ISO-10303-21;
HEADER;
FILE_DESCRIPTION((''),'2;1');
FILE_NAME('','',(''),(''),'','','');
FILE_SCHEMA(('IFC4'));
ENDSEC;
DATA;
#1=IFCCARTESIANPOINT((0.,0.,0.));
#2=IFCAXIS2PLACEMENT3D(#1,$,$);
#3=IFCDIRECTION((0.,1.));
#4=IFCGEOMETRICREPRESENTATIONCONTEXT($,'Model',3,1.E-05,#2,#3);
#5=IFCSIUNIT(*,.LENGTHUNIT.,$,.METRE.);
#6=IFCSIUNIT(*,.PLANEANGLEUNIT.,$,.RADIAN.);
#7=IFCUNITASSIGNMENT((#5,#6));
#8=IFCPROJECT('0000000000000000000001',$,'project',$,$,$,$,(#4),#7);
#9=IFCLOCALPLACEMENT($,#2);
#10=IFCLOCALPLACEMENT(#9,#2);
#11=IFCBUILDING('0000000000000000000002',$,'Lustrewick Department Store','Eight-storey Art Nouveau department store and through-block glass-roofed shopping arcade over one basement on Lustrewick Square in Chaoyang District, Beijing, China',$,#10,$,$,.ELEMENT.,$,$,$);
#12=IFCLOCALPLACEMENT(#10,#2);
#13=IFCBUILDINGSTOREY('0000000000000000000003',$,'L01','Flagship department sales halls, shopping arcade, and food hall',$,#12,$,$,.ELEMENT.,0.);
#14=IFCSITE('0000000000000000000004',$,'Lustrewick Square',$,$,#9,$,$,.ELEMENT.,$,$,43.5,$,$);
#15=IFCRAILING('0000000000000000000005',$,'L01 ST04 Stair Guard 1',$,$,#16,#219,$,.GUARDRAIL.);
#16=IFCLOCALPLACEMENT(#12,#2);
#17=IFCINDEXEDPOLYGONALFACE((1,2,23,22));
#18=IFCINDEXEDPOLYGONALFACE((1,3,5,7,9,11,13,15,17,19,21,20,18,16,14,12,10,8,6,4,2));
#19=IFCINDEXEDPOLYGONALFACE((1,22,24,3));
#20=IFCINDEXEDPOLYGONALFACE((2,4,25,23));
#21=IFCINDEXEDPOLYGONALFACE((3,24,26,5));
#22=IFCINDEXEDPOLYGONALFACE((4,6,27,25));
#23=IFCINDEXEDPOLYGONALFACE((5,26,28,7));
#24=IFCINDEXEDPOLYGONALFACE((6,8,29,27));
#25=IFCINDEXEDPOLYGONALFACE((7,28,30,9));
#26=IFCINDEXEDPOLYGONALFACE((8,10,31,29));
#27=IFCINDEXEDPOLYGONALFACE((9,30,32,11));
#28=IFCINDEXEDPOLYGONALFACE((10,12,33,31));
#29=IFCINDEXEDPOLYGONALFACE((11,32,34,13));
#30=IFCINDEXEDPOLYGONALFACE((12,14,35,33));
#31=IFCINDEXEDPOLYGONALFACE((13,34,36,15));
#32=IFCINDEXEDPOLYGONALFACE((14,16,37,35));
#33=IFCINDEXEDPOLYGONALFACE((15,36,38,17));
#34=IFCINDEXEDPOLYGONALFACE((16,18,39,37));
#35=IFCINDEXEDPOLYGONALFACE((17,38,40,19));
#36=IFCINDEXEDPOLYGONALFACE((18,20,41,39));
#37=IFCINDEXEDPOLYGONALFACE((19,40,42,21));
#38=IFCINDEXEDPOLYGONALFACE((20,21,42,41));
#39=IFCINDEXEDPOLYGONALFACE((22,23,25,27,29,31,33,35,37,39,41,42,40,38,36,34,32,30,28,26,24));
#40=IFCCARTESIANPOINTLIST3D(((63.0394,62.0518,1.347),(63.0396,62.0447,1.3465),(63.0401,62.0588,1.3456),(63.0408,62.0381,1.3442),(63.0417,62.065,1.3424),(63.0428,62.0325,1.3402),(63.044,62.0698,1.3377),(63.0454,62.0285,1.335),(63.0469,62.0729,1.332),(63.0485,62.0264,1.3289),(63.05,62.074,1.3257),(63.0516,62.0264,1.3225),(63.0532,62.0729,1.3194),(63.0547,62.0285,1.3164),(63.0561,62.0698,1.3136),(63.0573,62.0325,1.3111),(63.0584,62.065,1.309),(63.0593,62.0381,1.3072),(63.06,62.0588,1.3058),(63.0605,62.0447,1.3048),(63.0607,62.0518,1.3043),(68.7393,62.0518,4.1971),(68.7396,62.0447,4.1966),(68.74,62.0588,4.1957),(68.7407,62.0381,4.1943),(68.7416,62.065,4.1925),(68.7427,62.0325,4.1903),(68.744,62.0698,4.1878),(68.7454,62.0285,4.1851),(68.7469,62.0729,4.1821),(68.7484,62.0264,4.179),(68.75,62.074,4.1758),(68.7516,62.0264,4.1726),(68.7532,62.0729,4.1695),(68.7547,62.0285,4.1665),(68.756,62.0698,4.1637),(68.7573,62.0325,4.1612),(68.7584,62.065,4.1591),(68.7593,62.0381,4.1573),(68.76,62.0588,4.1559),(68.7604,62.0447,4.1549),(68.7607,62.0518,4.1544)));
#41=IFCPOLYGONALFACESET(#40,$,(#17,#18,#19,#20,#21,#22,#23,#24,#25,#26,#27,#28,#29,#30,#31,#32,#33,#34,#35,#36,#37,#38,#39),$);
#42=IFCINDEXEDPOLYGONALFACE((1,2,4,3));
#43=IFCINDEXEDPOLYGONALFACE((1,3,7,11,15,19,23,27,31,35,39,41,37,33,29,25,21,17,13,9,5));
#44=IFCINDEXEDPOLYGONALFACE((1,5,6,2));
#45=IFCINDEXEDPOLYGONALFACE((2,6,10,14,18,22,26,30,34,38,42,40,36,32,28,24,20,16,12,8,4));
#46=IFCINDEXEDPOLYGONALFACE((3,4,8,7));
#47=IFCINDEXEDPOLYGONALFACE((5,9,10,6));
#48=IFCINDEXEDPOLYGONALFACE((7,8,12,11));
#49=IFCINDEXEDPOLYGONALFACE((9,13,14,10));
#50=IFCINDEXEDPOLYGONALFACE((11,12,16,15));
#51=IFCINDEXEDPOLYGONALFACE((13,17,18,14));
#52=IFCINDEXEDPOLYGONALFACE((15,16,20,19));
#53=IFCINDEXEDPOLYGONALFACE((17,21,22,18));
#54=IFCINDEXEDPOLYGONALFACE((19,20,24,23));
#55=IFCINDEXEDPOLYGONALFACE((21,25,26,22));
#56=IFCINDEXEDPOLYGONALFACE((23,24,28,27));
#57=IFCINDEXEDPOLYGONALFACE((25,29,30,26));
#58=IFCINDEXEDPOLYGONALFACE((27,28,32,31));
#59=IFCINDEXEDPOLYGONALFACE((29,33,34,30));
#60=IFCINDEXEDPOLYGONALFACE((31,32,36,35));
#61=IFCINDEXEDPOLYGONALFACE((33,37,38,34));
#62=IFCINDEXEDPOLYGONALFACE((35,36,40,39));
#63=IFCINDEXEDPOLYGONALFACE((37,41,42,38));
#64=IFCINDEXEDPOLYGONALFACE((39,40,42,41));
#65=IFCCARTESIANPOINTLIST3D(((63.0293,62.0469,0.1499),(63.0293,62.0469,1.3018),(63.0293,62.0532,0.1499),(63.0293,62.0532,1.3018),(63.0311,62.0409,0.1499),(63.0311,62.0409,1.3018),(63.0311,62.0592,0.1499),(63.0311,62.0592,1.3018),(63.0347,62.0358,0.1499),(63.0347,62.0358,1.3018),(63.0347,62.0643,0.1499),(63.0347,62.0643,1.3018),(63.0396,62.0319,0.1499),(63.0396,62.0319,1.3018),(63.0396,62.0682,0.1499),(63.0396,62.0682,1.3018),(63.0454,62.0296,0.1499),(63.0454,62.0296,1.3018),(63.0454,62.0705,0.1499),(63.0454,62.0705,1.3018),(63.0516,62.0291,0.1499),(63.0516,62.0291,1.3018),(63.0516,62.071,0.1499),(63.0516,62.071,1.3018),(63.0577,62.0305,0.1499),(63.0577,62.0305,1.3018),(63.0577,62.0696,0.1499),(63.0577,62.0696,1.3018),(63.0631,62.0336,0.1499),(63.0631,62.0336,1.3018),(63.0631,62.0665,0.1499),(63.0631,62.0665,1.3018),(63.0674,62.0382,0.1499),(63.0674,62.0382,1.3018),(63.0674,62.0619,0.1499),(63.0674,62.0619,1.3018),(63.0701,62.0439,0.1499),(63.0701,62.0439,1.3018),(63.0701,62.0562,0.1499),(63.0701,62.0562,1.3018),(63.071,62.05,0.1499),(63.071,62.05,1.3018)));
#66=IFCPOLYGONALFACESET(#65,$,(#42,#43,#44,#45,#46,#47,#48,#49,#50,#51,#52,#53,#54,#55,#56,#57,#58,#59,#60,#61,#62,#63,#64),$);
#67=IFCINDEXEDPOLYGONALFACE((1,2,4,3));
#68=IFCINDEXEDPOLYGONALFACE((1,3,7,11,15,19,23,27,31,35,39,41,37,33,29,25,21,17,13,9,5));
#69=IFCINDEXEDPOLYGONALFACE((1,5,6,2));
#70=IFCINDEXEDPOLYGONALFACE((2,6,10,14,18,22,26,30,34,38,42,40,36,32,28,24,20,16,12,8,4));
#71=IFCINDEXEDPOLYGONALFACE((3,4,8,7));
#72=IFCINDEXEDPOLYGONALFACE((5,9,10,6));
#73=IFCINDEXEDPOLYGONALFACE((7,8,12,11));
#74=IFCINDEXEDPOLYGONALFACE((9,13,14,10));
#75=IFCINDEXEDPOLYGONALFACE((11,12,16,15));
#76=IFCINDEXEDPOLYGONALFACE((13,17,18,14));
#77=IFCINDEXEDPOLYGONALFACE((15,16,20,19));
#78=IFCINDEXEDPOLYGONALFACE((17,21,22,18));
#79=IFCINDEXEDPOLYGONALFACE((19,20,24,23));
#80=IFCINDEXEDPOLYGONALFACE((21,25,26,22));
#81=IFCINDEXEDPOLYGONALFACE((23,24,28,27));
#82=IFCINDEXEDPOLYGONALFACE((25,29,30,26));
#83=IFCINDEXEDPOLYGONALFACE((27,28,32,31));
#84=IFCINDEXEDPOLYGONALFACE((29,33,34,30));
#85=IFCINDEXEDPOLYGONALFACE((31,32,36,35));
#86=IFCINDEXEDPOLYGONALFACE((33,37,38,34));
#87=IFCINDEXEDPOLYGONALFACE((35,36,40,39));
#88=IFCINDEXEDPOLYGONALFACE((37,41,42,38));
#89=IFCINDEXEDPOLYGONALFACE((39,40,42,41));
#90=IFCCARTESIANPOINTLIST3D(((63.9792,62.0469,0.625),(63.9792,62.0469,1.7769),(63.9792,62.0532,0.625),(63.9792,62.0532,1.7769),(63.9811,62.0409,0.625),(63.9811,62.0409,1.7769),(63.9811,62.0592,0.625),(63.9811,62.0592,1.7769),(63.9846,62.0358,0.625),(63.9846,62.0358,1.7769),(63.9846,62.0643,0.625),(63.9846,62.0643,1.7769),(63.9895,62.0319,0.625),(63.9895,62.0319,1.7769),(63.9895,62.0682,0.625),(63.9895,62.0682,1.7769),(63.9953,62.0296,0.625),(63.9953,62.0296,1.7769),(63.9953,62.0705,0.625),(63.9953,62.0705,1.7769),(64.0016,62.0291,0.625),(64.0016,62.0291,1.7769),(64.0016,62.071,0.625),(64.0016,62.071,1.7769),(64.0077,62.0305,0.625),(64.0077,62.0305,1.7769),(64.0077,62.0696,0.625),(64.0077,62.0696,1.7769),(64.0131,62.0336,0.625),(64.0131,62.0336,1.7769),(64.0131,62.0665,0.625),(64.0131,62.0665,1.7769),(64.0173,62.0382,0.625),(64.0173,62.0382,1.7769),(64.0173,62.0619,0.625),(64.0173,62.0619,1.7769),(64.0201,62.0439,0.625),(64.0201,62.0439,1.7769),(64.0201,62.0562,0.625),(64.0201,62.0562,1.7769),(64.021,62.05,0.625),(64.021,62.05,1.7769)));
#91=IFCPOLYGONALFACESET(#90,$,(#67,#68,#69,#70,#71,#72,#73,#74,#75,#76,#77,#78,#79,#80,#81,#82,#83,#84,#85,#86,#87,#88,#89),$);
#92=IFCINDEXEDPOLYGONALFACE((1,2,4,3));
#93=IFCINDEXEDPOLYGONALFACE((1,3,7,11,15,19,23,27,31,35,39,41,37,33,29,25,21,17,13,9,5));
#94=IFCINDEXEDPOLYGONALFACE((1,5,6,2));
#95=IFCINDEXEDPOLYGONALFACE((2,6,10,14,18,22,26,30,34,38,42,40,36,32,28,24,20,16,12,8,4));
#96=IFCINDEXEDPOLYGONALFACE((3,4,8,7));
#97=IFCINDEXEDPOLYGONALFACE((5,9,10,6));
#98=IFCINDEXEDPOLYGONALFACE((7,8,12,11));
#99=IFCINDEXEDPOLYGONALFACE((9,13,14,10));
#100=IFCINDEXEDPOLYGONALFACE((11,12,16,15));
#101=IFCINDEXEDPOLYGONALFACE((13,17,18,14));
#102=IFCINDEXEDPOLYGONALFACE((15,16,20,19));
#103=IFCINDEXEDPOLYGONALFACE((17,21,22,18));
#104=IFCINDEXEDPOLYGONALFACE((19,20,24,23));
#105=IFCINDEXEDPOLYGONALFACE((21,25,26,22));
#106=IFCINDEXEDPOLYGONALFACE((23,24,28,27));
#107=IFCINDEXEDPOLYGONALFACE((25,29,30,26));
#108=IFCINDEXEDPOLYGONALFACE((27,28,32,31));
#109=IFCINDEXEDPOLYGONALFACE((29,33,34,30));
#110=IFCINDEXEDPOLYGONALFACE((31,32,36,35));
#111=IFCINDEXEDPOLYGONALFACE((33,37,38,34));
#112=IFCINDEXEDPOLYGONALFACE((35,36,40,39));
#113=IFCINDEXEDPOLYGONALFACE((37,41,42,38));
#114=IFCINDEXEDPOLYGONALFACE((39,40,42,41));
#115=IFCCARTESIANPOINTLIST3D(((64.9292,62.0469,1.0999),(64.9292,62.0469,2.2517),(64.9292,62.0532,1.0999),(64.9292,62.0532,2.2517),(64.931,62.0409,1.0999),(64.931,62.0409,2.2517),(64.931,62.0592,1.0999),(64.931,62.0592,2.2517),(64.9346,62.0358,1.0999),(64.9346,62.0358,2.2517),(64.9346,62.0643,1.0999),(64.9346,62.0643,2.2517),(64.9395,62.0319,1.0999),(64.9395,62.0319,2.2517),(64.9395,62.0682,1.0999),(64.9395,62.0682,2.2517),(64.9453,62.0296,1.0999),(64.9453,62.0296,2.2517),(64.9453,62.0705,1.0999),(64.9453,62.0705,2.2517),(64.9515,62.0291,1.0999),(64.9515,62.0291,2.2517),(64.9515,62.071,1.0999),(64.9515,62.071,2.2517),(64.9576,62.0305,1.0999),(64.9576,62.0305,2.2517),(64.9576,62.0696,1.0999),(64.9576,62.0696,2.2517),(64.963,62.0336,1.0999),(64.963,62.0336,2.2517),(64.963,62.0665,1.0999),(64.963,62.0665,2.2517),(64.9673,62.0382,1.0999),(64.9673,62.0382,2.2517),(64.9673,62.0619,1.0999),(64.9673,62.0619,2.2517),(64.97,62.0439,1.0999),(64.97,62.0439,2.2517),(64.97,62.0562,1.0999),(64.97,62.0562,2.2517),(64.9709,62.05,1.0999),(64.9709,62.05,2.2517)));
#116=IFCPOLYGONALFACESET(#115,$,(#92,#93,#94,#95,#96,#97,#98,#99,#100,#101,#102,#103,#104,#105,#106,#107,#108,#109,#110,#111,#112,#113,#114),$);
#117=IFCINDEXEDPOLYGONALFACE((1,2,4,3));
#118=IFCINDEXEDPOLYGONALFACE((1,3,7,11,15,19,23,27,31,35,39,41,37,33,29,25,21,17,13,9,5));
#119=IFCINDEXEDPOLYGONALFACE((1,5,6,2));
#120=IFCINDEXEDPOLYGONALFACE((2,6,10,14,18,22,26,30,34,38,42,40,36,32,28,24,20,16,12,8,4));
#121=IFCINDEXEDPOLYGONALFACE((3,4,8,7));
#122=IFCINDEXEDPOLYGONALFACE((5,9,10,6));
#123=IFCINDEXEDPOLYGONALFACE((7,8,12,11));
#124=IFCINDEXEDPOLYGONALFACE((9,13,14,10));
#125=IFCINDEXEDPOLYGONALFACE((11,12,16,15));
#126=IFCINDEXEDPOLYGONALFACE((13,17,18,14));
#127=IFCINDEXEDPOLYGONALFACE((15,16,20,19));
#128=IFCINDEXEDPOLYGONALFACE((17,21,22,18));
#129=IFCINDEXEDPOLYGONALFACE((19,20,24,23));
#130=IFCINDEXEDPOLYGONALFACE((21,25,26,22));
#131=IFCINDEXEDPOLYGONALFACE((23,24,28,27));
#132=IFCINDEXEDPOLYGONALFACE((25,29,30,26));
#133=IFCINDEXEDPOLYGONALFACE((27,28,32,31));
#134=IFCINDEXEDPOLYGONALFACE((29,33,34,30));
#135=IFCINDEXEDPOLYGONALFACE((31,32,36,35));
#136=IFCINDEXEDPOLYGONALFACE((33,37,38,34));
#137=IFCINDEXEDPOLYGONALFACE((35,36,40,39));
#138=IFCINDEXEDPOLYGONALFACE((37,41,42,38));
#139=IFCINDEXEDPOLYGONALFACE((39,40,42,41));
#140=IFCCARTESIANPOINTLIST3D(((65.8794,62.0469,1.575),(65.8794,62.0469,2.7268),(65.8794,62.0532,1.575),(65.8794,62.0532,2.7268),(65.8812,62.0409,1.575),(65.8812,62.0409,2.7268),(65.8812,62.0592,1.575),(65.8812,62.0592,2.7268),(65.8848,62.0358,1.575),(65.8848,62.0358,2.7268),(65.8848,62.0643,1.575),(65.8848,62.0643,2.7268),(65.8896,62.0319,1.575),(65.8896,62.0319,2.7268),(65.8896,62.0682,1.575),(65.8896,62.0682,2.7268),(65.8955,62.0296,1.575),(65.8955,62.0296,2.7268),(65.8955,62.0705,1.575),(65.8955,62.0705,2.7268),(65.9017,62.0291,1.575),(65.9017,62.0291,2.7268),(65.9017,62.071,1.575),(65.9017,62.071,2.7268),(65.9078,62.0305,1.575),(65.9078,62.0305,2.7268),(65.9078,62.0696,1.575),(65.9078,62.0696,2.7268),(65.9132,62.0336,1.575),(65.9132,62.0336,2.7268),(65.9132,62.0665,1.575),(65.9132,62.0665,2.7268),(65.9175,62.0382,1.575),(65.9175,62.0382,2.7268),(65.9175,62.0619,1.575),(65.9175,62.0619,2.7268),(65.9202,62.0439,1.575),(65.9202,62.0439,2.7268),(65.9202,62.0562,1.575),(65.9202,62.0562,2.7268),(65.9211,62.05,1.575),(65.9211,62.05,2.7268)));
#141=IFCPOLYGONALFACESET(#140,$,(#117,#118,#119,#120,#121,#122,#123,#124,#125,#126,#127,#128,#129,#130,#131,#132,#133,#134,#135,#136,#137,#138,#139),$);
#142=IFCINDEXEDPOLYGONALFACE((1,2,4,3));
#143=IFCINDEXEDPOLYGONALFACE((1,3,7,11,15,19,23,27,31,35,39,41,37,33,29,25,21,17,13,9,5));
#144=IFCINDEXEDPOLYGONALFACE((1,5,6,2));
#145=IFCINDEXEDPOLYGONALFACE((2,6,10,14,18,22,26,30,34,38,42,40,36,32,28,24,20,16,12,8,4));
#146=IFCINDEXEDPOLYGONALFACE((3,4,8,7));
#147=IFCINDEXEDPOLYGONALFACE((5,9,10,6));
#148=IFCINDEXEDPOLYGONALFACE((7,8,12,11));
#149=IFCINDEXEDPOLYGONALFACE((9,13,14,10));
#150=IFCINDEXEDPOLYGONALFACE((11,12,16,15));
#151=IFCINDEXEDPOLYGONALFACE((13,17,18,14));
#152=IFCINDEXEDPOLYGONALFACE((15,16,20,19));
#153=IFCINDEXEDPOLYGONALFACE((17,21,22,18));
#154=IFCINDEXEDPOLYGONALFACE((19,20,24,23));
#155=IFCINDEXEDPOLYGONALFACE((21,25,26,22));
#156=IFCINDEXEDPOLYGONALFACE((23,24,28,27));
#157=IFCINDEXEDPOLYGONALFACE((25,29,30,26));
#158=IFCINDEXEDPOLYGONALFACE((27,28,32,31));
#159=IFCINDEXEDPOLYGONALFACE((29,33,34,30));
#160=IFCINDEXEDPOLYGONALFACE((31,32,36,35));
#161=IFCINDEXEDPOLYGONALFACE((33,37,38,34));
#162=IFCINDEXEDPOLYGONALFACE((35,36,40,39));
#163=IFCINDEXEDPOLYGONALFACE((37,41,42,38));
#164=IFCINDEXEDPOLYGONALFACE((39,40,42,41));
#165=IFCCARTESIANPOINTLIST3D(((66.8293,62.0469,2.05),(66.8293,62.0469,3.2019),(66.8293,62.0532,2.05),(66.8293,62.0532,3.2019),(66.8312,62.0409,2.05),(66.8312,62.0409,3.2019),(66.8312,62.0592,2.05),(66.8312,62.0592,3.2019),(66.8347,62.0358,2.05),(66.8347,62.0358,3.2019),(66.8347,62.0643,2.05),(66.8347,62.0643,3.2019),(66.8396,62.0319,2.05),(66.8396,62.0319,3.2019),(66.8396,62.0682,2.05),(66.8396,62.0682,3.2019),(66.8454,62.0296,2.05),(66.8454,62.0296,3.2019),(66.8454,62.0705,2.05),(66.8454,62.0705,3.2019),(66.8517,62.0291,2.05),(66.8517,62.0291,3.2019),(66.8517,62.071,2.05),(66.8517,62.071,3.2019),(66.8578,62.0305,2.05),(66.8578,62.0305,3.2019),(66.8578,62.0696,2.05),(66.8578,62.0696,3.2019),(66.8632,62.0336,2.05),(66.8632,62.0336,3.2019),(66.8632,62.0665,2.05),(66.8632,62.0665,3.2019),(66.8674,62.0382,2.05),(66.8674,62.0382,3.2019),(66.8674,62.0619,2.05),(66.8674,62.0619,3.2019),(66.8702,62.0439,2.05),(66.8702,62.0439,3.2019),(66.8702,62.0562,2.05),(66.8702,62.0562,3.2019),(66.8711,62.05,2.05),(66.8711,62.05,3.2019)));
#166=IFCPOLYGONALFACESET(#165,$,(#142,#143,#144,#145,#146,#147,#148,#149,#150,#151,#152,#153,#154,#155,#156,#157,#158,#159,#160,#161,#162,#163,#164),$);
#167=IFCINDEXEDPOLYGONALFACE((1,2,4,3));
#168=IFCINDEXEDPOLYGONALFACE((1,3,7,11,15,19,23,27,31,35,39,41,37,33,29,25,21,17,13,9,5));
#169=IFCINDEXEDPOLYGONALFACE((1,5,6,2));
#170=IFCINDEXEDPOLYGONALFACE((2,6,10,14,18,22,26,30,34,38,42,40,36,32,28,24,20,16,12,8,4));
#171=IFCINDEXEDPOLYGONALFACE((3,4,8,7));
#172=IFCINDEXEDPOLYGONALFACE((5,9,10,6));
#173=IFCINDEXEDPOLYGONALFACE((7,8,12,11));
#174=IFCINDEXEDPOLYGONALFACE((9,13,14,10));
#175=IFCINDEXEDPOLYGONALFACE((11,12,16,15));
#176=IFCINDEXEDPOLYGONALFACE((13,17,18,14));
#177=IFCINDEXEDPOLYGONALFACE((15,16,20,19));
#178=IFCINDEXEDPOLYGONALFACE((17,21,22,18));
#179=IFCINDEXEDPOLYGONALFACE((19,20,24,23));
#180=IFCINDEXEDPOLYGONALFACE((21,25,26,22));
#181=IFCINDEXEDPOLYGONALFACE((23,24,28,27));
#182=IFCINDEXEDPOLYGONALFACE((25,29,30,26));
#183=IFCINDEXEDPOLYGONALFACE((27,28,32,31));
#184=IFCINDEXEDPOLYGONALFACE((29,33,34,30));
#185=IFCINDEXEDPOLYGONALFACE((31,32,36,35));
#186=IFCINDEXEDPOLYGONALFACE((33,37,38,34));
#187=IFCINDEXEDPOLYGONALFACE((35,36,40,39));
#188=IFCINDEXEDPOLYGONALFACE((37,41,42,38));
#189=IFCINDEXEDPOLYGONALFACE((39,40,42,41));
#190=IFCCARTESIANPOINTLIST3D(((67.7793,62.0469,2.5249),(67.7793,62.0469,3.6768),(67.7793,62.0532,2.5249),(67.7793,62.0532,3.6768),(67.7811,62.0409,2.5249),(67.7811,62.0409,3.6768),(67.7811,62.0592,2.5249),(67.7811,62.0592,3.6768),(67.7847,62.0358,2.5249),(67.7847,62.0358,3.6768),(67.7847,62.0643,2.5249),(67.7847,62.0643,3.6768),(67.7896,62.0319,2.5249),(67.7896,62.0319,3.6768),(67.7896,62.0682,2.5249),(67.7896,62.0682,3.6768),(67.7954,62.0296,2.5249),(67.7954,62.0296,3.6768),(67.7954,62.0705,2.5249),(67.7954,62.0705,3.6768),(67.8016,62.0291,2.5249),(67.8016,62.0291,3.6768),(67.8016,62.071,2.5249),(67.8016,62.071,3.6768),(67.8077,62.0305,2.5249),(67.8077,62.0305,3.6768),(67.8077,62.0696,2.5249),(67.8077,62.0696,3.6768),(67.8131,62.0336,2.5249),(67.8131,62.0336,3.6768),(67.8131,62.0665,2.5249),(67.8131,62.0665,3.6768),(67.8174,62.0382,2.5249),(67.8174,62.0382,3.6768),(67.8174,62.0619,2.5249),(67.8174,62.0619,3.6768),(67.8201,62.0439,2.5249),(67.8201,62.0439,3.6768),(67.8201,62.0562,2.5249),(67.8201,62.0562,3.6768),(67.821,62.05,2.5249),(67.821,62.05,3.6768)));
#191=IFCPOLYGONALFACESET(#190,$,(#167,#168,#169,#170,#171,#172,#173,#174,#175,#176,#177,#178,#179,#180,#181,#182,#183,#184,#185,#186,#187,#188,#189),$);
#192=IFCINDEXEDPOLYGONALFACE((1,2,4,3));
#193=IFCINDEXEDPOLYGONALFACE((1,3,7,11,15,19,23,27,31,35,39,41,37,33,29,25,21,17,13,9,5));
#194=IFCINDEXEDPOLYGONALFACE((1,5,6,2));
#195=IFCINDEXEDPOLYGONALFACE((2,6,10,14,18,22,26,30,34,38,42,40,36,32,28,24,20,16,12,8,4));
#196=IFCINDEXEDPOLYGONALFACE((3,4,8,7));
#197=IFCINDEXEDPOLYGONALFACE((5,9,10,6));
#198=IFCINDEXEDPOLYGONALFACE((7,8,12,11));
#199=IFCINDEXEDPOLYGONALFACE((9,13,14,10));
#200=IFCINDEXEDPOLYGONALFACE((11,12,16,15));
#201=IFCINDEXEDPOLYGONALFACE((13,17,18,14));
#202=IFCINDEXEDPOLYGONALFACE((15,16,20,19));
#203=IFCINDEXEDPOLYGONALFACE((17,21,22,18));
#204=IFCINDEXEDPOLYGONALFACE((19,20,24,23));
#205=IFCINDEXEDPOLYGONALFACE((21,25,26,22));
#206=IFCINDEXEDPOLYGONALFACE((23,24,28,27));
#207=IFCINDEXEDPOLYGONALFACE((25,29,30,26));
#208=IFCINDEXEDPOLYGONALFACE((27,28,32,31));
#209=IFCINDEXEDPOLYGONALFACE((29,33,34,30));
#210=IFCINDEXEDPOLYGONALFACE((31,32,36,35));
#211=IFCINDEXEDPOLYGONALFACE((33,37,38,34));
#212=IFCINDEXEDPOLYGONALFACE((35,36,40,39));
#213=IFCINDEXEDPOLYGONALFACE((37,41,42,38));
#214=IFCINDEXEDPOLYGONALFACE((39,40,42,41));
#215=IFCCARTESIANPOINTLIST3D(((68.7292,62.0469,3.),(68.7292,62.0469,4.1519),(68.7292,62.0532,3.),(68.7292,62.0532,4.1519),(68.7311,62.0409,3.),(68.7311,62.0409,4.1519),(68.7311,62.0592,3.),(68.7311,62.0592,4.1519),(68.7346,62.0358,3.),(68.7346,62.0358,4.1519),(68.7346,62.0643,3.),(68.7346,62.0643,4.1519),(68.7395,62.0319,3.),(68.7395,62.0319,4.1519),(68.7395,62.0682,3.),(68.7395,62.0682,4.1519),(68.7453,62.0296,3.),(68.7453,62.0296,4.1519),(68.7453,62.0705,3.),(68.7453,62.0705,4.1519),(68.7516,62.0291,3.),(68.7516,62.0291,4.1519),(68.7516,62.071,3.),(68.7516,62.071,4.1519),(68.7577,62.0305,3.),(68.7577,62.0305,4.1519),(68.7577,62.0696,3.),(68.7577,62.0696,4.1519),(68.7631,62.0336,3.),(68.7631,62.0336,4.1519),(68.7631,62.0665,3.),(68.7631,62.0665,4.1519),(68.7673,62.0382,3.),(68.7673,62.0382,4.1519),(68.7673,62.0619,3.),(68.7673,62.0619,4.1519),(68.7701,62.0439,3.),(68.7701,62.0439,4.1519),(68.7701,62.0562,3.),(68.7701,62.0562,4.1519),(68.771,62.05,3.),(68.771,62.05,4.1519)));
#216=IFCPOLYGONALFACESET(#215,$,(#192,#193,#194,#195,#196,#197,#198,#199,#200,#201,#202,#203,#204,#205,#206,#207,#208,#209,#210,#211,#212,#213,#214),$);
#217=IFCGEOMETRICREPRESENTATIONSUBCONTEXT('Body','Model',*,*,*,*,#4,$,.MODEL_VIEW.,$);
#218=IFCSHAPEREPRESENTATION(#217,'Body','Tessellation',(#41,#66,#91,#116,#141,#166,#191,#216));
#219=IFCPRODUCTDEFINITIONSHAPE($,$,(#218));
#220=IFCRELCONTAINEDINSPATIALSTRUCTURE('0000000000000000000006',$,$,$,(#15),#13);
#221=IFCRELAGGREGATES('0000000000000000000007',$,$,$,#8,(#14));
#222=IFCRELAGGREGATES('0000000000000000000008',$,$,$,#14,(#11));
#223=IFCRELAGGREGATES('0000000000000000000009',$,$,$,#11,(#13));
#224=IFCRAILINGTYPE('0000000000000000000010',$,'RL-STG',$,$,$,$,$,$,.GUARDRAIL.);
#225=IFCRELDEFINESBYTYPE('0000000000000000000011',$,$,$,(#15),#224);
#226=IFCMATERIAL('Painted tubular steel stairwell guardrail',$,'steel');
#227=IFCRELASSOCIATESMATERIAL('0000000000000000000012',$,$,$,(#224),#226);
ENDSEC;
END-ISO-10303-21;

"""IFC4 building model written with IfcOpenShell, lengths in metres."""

from ifc_helpers import new_model, si_unit, direction, frame, origin, origin_2d, place, context, subcontext, project, spatial, circle, extrude, material, type_object, element, save


model = new_model("IFC4")

# Units and contexts
model_context = context("Model", 3, precision=1e-05, world=origin(), true_north=direction((0.0, 1.0)))
body_context = subcontext(model_context, "Body", "Model", "MODEL_VIEW")
ifc_project = project(units=[si_unit("LENGTHUNIT", "METRE"), si_unit("PLANEANGLEUNIT", "RADIAN")], contexts=[model_context])

# Site, building, storey
site_placement = place(None, origin())
site = spatial("IfcSite", under=ifc_project, at=site_placement, Name="Lustrewick Square", CompositionType="ELEMENT", RefElevation=43.5)
building_placement = place(site_placement, origin())
building = spatial("IfcBuilding", under=site, at=building_placement, Name="Lustrewick Department Store", Description="Eight-storey Art Nouveau department store and through-block glass-roofed shopping arcade over one basement on Lustrewick Square in Chaoyang District, Beijing, China", CompositionType="ELEMENT")
storey_placement = place(building_placement, origin())
storey = spatial("IfcBuildingStorey", under=building, at=storey_placement, Name="L01", Description="Flagship department sales halls, shopping arcade, and food hall", CompositionType="ELEMENT", Elevation=0.0)

# Railing
ifc_material_1 = material(Name="Painted tubular steel stairwell guardrail", Category="steel")
railing_type_1 = type_object("IfcRailingType", Name="RL-STG", PredefinedType="GUARDRAIL", material=ifc_material_1)
railing_1_placement = place(storey_placement, frame((63.05, 62.05, 0.1499)))
element("IfcRailing", 1, at=railing_1_placement, inside=storey, type_object=railing_type_1, Name="L01 ST04 Stair Guard 1", PredefinedType="GUARDRAIL", context=body_context, shape_type="SweptSolid", body=[
    extrude(circle(Radius=0.0239, at=origin_2d()), frame((0.0, 0.0, 1.1758), z_axis=(0.89442, 0.0, 0.447229), x_axis=(0.0, 1.0, 0.0)), (0.0, 0.0, 1.0), 6.3728),
    extrude(circle(Radius=0.021, at=origin_2d()), origin(), (0.0, 0.0, 1.0), 1.1519),
    extrude(circle(Radius=0.021, at=origin_2d()), frame((0.95, 0.0, 0.4751)), (0.0, 0.0, 1.0), 1.1519),
    extrude(circle(Radius=0.021, at=origin_2d()), frame((1.8999, 0.0, 0.95)), (0.0, 0.0, 1.0), 1.1519),
    extrude(circle(Radius=0.021, at=origin_2d()), frame((2.8501, 0.0, 1.425)), (0.0, 0.0, 1.0), 1.1519),
    extrude(circle(Radius=0.021, at=origin_2d()), frame((3.8, 0.0, 1.9001)), (0.0, 0.0, 1.0), 1.1519),
    extrude(circle(Radius=0.021, at=origin_2d()), frame((4.75, 0.0, 2.375)), (0.0, 0.0, 1.0), 1.1519),
    extrude(circle(Radius=0.021, at=origin_2d()), frame((5.7, 0.0, 2.8501)), (0.0, 0.0, 1.0), 1.1519),
])

save(model, "model.ifc")
